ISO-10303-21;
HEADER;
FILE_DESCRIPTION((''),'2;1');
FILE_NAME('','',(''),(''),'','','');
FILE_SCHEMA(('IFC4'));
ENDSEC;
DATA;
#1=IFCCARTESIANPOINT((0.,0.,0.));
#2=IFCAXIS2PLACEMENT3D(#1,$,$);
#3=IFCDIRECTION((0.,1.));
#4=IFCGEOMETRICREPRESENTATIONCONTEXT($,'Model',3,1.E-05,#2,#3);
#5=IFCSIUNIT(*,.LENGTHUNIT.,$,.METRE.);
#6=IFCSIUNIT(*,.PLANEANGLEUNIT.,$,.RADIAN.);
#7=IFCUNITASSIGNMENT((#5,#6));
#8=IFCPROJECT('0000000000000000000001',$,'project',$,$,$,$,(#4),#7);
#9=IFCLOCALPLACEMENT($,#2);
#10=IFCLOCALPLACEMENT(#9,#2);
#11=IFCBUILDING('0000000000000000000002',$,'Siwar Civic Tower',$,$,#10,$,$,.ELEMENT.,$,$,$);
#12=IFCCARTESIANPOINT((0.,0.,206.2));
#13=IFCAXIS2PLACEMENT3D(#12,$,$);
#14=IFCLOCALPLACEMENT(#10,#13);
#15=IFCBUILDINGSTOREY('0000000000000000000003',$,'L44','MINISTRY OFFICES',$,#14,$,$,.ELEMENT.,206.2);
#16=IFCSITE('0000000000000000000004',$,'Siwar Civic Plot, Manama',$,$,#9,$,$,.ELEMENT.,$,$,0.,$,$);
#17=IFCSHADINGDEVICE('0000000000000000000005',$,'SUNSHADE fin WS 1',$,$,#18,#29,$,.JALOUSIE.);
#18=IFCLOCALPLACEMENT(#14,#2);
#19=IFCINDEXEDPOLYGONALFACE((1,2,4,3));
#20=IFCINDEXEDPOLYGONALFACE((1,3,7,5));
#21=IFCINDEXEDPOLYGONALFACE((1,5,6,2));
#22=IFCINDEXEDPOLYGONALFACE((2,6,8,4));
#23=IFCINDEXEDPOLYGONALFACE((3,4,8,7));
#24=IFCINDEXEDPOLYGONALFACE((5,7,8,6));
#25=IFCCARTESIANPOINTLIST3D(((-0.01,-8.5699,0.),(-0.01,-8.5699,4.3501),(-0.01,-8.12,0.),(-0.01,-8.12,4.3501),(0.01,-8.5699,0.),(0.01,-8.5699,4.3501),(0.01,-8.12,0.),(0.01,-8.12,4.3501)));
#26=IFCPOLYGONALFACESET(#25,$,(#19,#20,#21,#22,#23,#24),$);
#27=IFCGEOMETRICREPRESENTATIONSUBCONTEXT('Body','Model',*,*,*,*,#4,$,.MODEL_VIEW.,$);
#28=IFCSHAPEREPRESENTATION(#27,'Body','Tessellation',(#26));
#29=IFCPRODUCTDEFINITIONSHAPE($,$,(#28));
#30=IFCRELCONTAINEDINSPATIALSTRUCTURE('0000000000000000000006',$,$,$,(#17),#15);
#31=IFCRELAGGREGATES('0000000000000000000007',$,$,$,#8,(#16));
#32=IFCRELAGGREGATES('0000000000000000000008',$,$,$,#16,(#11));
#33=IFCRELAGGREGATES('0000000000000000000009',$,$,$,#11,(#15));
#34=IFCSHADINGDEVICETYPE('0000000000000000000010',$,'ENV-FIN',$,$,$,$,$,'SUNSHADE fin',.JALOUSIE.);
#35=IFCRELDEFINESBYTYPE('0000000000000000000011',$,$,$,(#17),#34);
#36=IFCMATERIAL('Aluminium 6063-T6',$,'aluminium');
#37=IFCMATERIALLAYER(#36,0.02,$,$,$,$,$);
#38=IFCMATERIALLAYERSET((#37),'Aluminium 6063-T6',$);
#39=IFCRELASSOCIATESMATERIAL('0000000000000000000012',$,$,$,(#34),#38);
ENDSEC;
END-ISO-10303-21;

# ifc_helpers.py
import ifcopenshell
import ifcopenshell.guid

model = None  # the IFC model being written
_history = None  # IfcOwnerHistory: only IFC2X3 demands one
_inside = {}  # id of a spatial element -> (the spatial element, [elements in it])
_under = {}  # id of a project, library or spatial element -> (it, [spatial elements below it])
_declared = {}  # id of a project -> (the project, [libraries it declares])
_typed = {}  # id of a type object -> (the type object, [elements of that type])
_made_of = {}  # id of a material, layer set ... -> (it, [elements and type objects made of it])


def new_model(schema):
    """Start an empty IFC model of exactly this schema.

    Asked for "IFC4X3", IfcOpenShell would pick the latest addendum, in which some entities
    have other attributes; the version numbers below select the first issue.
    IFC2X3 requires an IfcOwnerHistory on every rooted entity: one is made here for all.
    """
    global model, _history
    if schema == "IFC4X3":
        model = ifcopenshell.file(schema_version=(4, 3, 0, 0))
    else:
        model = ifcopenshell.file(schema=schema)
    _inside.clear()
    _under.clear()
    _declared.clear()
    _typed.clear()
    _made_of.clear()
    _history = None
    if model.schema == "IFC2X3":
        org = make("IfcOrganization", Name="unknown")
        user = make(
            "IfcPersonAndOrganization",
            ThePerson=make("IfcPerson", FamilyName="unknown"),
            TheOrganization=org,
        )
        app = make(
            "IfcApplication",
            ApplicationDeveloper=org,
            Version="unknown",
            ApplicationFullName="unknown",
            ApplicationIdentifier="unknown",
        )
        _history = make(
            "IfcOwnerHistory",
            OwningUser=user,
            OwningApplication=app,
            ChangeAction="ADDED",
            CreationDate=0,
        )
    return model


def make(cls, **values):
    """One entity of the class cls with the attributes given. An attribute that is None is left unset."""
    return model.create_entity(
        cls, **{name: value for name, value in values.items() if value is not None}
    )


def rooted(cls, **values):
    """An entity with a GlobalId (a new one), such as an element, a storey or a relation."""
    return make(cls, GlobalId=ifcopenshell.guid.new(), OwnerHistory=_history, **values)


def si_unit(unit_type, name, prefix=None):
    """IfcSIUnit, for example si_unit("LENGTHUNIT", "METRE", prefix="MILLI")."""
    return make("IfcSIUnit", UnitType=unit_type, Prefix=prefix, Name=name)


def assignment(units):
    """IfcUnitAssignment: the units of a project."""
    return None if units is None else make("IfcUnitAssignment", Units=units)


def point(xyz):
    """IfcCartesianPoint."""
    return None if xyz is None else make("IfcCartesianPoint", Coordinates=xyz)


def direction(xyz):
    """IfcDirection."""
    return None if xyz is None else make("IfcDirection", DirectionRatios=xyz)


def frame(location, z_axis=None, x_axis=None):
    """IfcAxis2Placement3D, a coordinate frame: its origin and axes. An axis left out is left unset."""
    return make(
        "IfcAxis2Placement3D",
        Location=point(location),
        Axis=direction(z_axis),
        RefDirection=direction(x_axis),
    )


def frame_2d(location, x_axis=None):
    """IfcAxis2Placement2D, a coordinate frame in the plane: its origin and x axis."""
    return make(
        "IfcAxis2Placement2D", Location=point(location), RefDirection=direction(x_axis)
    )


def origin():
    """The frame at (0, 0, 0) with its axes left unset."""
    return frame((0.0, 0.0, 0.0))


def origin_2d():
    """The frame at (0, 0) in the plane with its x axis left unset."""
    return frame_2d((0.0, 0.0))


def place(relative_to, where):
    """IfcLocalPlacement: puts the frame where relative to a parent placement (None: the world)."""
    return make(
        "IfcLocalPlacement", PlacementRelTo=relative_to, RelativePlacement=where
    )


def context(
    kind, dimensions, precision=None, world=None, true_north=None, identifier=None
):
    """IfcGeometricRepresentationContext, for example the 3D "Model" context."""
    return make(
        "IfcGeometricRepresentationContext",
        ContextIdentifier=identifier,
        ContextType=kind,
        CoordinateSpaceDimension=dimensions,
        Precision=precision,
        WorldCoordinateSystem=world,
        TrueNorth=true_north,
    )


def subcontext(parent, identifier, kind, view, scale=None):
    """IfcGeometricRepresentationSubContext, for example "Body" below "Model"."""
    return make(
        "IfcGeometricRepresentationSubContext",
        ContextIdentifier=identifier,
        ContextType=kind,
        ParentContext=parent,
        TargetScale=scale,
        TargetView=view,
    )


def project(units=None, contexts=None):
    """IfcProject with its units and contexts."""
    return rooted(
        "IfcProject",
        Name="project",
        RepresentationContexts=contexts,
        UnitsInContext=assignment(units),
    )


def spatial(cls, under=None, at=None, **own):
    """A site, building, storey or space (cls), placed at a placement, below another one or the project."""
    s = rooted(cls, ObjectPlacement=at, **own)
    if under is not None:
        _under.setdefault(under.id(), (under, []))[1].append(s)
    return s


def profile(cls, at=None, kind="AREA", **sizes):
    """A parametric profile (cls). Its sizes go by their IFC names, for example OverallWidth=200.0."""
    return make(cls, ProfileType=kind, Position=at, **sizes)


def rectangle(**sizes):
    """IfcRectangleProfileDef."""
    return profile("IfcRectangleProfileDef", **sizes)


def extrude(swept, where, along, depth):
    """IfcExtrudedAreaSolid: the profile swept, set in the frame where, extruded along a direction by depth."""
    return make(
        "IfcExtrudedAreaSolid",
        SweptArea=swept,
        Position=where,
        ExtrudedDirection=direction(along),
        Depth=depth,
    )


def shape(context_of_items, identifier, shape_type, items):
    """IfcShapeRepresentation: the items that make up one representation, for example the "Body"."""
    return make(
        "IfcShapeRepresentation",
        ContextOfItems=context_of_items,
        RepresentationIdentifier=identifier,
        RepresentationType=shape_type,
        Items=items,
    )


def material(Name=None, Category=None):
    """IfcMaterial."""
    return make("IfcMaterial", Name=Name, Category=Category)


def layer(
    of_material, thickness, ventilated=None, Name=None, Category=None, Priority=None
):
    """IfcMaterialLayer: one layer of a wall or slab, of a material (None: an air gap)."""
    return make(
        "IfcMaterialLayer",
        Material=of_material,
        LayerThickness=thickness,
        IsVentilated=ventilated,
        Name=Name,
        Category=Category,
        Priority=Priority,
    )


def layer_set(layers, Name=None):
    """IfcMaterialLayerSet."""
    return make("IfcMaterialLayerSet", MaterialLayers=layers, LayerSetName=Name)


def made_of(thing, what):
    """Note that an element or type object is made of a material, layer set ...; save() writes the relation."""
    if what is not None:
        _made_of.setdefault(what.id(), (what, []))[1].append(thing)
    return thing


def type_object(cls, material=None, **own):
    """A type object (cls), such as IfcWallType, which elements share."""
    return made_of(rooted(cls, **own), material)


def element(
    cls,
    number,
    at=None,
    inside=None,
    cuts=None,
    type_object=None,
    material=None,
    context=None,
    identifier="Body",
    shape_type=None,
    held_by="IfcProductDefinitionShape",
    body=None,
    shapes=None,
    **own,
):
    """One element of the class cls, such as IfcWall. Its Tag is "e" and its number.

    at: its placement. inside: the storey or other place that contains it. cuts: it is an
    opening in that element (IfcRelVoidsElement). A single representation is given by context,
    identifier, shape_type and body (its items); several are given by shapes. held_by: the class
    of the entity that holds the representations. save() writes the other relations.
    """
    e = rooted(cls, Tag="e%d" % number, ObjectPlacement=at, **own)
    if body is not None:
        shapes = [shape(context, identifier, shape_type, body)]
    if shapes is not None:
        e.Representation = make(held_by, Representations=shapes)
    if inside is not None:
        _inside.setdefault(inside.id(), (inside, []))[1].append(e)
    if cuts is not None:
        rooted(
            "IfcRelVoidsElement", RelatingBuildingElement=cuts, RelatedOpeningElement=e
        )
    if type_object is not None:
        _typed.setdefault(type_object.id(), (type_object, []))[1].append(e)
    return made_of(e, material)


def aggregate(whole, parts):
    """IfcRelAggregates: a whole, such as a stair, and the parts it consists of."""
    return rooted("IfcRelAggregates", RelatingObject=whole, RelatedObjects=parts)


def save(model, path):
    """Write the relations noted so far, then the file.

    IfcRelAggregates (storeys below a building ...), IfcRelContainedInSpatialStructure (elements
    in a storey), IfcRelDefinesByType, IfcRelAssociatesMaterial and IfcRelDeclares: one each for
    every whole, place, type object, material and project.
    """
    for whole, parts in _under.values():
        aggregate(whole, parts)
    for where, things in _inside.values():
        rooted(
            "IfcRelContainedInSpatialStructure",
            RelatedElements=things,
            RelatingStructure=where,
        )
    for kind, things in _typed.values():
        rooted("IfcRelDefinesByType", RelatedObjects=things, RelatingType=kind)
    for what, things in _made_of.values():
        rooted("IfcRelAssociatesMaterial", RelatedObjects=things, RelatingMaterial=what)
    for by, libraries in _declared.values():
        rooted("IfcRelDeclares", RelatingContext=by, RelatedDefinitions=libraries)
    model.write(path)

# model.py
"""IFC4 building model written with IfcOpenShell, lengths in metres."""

from ifc_helpers import new_model, si_unit, direction, frame, origin, origin_2d, place, context, subcontext, project, spatial, rectangle, extrude, material, layer, layer_set, type_object, element, save


model = new_model("IFC4")

# Units and contexts
model_context = context("Model", 3, precision=1e-05, world=origin(), true_north=direction((0.0, 1.0)))
body_context = subcontext(model_context, "Body", "Model", "MODEL_VIEW")
ifc_project = project(units=[si_unit("LENGTHUNIT", "METRE"), si_unit("PLANEANGLEUNIT", "RADIAN")], contexts=[model_context])

# Site, building, storey
site_placement = place(None, origin())
site = spatial("IfcSite", under=ifc_project, at=site_placement, Name="Siwar Civic Plot, Manama", CompositionType="ELEMENT", RefElevation=0.0)
building_placement = place(site_placement, origin())
building = spatial("IfcBuilding", under=site, at=building_placement, Name="Siwar Civic Tower", CompositionType="ELEMENT")
storey_placement = place(building_placement, frame((0.0, 0.0, 206.2)))
storey = spatial("IfcBuildingStorey", under=building, at=storey_placement, Name="L44", Description="MINISTRY OFFICES", CompositionType="ELEMENT", Elevation=206.2)

# Shading device
ifc_material_1 = material(Name="Aluminium 6063-T6", Category="aluminium")
ifc_layer_1 = layer(ifc_material_1, 0.02)
ifc_layer_set_1 = layer_set([ifc_layer_1], Name="Aluminium 6063-T6")
shading_device_type = type_object("IfcShadingDeviceType", Name="ENV-FIN", ElementType="SUNSHADE fin", PredefinedType="JALOUSIE", material=ifc_layer_set_1)
shading_device_placement = place(storey_placement, frame((0.0, -8.345, 0.0), z_axis=(0.0, 0.0, 1.0), x_axis=(1.0, 0.0, 0.0)))
element("IfcShadingDevice", 1, at=shading_device_placement, inside=storey, type_object=shading_device_type, Name="SUNSHADE fin WS 1", PredefinedType="JALOUSIE", context=body_context, shape_type="SweptSolid", body=[
    extrude(rectangle(XDim=0.02, YDim=0.45, at=origin_2d()), origin(), (0.0, 0.0, 1.0), 4.3501),
])

save(model, "model.ifc")
